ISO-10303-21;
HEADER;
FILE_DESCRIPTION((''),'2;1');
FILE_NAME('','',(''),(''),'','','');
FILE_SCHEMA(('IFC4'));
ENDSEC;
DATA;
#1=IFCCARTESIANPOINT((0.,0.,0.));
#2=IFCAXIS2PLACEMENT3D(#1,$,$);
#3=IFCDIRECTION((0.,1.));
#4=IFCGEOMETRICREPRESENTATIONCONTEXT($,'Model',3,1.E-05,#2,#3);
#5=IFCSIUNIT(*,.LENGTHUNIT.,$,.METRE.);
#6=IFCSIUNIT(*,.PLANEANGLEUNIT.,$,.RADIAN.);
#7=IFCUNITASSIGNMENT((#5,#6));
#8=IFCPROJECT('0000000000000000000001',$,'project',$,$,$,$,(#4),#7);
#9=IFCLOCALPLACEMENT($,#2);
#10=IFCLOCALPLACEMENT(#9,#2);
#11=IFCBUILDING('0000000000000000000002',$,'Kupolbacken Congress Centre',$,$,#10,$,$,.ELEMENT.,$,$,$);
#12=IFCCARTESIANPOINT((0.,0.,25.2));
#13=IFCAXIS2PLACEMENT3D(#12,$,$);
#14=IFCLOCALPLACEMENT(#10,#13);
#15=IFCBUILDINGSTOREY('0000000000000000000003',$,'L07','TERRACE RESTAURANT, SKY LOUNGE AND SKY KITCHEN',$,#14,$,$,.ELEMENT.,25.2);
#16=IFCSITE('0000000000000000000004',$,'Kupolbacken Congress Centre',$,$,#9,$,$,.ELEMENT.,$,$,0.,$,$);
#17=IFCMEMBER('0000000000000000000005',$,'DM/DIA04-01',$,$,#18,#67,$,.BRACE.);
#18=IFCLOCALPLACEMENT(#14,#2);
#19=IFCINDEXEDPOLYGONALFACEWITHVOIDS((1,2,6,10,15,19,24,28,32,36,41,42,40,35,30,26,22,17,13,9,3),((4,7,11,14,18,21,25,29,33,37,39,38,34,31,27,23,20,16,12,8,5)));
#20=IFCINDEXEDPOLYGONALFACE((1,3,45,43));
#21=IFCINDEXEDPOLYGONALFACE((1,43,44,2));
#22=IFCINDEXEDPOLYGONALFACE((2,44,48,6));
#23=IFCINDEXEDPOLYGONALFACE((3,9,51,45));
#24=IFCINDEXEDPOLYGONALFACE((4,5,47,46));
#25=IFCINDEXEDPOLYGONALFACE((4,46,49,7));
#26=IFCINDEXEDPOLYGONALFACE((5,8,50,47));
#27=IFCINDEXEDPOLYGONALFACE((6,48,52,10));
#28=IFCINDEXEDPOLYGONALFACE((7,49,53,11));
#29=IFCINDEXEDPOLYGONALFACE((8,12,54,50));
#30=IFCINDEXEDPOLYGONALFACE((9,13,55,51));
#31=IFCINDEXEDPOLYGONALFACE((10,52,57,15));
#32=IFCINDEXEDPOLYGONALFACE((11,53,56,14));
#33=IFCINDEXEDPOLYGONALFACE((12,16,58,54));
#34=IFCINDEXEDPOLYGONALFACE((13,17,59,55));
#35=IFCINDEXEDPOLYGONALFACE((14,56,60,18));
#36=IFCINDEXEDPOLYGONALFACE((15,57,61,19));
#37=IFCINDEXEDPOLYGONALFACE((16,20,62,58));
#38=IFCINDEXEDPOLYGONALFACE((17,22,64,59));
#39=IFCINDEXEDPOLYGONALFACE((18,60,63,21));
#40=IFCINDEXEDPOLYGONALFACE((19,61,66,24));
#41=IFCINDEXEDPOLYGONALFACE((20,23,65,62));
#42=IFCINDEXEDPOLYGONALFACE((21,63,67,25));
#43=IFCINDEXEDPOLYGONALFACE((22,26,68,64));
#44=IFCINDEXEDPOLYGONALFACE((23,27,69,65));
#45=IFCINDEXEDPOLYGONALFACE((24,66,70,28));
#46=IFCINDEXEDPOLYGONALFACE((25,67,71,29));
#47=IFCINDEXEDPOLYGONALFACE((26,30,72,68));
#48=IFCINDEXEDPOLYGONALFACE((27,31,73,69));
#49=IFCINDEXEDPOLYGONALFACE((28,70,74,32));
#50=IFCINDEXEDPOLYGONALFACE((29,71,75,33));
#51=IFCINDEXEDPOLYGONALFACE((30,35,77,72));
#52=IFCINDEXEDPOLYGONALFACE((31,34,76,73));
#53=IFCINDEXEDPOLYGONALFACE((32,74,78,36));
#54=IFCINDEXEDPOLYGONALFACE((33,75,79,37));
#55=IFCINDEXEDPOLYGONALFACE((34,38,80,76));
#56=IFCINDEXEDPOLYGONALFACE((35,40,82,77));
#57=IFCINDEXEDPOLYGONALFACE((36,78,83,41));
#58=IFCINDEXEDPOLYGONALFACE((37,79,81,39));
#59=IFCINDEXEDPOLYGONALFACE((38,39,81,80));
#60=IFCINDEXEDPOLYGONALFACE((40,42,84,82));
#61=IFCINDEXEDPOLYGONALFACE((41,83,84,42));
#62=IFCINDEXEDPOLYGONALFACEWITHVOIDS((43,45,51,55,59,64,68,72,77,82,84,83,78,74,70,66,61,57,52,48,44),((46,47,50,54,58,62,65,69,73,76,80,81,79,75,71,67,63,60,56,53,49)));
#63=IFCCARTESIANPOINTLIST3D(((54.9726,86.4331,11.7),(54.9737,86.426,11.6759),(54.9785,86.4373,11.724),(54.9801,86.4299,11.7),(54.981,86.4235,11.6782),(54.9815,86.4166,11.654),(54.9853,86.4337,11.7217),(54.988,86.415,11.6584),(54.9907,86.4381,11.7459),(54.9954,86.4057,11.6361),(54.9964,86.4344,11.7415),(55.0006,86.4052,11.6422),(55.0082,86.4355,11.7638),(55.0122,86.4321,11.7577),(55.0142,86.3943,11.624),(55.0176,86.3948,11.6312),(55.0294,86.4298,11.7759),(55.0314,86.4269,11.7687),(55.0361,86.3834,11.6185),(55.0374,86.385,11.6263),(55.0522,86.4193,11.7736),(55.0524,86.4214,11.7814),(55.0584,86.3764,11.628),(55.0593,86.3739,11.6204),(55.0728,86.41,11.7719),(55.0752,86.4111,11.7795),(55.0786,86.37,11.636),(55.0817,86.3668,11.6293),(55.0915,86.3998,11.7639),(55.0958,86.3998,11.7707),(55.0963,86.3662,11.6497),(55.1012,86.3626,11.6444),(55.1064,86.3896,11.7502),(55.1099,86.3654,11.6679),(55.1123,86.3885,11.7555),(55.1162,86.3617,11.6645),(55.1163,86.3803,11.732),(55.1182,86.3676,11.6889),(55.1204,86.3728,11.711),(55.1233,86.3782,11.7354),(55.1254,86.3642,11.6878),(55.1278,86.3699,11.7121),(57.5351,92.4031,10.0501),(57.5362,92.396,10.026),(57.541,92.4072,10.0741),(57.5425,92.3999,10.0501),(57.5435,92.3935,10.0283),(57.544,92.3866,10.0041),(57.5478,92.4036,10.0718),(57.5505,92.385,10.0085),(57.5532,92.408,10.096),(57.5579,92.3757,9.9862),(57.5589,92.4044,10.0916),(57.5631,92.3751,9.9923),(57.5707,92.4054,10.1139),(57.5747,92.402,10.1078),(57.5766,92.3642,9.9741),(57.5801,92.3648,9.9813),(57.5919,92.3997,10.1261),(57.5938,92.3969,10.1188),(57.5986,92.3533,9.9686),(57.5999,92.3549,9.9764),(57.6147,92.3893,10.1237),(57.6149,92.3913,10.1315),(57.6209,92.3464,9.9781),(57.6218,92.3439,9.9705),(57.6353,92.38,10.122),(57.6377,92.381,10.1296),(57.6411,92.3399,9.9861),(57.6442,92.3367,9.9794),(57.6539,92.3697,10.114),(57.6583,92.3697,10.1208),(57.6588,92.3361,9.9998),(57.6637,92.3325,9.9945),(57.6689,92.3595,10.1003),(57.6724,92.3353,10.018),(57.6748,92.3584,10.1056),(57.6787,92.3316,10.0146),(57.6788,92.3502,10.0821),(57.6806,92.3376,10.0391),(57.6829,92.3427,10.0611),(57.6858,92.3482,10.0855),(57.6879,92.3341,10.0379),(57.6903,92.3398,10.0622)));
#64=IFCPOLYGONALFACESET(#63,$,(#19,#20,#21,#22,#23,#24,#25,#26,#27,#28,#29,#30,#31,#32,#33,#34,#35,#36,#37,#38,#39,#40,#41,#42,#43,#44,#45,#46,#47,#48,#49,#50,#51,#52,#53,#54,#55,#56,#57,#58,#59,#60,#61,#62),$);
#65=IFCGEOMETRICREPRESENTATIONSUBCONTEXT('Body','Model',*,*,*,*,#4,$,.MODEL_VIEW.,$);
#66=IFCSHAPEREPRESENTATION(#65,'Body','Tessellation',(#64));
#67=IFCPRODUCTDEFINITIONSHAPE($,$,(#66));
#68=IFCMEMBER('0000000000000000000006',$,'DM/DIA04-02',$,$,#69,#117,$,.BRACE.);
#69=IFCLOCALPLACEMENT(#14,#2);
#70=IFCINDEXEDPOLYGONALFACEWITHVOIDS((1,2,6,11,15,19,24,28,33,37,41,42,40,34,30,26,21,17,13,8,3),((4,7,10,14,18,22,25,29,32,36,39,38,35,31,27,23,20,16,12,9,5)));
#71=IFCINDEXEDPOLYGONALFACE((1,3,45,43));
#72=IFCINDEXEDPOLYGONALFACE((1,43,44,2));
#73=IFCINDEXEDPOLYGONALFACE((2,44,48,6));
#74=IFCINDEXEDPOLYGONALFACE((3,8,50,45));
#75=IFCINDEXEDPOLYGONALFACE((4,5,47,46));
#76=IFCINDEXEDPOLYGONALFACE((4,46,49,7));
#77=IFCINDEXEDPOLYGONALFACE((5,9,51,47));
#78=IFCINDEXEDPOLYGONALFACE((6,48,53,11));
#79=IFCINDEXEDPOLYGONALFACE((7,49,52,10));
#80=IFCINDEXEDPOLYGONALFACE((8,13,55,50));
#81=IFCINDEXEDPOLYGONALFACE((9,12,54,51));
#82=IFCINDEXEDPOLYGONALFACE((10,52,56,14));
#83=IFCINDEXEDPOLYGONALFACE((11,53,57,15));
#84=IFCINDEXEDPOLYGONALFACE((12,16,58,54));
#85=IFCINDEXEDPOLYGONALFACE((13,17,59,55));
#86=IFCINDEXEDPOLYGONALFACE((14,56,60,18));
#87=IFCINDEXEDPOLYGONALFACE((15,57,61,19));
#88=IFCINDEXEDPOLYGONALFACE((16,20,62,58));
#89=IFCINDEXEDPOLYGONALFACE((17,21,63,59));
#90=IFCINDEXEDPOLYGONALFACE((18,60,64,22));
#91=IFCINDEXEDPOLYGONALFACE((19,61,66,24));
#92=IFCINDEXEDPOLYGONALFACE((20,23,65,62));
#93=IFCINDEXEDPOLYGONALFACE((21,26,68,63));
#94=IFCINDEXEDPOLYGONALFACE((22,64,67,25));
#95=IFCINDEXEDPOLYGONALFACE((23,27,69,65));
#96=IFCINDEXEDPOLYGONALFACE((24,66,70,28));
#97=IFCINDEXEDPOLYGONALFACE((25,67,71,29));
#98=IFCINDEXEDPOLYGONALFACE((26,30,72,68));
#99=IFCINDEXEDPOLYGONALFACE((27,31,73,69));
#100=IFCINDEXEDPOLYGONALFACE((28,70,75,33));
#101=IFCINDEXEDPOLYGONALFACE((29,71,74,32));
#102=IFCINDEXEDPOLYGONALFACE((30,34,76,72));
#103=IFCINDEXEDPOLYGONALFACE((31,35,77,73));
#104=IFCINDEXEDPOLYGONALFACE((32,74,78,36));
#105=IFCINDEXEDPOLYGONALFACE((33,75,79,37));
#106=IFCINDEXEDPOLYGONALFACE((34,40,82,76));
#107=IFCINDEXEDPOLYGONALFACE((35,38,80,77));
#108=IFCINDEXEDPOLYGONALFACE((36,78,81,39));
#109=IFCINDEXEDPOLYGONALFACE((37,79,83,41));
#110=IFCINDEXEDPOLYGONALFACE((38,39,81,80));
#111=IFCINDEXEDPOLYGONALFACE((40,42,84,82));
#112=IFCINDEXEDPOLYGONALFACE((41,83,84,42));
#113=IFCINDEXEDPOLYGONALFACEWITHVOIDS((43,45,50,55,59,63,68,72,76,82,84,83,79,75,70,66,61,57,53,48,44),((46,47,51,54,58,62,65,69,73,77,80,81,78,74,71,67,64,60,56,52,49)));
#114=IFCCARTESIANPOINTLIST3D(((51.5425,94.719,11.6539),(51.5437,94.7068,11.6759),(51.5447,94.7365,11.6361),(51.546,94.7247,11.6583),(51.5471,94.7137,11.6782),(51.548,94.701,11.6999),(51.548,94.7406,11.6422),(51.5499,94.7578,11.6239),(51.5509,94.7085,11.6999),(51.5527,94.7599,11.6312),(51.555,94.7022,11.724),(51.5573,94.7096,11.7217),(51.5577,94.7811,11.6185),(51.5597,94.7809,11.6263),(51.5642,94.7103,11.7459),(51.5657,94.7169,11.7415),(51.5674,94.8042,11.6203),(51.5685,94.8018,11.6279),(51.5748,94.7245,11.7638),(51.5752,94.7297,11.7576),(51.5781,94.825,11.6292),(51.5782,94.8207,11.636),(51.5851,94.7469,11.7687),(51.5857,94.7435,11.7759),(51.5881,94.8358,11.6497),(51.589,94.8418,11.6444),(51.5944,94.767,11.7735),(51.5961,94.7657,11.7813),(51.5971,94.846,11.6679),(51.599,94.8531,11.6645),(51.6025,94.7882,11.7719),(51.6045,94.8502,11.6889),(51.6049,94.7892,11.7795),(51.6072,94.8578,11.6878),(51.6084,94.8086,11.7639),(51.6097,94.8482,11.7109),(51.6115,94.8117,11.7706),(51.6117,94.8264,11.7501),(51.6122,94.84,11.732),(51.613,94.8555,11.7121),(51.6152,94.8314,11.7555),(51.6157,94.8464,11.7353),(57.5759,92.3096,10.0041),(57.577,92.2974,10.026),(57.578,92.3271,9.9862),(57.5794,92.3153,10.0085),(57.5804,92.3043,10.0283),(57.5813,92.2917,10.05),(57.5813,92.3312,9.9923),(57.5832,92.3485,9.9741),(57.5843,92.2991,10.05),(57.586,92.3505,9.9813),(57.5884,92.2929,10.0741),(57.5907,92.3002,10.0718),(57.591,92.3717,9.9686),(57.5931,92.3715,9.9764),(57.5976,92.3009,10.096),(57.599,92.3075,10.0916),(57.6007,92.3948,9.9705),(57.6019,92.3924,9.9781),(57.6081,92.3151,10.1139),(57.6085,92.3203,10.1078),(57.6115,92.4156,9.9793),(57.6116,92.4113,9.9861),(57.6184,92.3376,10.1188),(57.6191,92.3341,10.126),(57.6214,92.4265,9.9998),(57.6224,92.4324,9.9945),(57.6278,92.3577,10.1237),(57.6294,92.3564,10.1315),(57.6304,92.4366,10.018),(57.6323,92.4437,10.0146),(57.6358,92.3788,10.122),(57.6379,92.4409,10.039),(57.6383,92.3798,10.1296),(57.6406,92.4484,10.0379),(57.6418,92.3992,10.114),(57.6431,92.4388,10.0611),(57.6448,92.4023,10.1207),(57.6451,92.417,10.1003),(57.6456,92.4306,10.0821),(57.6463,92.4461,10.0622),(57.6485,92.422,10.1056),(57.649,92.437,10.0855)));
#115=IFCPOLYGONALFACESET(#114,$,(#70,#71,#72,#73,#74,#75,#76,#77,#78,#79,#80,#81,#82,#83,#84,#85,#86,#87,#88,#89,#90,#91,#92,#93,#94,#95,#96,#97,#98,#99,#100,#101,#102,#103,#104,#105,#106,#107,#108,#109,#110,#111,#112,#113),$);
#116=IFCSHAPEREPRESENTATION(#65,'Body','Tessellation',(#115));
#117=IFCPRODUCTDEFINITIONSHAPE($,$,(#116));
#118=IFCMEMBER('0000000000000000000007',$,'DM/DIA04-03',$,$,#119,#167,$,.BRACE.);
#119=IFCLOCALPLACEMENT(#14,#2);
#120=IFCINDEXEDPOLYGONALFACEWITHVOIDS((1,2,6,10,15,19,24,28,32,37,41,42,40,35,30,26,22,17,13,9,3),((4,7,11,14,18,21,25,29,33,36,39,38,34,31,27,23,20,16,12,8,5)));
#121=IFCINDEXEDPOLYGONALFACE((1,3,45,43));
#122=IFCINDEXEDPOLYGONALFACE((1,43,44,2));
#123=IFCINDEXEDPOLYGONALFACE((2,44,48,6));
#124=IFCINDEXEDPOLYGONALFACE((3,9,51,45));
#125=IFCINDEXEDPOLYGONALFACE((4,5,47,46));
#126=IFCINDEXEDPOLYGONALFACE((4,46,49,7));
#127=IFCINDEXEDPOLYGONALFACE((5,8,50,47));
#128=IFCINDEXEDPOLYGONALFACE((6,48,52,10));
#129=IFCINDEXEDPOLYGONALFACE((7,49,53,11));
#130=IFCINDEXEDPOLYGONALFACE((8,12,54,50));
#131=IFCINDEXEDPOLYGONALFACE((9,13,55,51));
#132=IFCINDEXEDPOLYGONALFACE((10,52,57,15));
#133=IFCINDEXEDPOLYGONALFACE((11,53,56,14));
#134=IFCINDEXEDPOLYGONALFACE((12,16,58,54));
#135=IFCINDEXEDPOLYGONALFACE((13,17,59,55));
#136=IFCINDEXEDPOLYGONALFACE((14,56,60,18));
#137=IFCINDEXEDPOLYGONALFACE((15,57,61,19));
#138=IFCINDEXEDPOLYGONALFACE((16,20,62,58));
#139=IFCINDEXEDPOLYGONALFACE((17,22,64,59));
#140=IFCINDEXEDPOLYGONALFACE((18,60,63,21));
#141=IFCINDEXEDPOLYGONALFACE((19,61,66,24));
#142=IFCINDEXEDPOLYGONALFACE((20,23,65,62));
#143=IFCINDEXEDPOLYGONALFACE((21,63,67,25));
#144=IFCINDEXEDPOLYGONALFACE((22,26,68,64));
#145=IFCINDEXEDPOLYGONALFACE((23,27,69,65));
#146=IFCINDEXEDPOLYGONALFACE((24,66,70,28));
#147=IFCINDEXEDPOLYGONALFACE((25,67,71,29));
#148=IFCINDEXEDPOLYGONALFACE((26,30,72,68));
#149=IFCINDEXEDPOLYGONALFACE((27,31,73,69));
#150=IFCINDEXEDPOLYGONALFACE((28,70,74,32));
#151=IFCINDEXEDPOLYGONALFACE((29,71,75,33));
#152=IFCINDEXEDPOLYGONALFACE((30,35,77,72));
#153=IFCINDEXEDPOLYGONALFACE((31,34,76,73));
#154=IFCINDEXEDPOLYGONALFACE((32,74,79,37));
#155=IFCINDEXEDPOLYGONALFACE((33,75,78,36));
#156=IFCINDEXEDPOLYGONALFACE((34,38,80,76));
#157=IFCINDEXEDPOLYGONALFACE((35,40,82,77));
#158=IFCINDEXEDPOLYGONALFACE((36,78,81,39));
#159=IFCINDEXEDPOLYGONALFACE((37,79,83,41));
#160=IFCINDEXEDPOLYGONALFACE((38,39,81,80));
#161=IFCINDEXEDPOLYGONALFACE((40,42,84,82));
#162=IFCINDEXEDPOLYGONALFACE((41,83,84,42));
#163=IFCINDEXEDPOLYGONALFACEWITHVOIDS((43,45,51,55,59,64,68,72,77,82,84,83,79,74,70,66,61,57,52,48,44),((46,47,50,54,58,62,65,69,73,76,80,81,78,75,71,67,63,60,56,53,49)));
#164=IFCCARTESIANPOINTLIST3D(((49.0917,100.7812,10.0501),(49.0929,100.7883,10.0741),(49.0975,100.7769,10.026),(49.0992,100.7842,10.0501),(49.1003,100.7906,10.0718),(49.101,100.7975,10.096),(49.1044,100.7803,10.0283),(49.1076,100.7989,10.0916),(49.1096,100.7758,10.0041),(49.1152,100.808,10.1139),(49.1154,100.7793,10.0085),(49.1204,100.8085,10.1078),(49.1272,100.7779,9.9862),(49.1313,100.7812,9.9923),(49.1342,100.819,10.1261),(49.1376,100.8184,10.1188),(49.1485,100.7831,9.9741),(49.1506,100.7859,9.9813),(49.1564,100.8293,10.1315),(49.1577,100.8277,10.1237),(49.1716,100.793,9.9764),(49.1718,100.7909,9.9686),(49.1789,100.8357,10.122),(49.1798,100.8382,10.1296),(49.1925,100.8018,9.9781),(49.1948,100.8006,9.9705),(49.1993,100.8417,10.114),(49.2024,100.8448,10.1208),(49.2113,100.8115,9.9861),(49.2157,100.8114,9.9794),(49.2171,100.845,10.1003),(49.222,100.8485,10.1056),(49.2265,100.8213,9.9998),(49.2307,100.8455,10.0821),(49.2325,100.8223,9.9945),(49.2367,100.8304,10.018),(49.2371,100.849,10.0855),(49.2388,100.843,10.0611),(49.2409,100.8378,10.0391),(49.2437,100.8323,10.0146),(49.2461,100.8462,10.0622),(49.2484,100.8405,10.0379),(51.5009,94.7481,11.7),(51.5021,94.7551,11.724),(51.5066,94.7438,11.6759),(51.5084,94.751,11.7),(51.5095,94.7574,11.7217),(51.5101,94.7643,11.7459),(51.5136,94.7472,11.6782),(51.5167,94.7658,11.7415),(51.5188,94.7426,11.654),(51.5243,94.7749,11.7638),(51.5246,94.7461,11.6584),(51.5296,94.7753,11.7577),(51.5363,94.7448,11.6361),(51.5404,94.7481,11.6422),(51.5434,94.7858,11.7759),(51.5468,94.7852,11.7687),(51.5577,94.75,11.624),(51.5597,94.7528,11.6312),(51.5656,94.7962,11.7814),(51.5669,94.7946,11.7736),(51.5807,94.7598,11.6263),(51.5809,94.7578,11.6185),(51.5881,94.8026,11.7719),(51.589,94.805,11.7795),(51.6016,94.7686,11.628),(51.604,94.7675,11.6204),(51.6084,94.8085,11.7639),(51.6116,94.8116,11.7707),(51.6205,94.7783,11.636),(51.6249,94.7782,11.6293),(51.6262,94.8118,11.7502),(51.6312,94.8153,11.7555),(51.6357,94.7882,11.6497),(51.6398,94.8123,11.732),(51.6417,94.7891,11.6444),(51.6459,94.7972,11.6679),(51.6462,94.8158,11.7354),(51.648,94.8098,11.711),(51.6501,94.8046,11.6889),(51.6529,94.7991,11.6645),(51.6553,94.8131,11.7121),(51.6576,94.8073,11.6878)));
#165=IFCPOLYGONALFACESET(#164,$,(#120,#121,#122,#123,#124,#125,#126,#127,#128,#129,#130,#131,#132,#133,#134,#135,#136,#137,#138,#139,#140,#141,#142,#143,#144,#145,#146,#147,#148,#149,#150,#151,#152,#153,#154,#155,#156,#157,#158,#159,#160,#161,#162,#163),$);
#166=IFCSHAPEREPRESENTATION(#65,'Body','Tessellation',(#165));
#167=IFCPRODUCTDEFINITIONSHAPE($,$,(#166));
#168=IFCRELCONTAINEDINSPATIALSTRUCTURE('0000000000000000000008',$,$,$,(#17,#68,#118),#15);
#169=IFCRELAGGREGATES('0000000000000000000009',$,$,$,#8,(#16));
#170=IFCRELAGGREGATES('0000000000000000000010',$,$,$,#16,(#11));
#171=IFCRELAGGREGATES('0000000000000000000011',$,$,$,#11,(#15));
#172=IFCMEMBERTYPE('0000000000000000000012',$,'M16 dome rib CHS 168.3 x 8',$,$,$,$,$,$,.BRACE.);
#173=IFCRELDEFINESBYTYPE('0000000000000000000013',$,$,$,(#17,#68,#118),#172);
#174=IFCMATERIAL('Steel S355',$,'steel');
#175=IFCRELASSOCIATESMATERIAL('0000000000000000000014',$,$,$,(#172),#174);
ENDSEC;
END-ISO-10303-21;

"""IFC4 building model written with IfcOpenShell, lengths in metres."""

from ifc_helpers import new_model, si_unit, direction, frame, origin, origin_2d, place, context, subcontext, project, spatial, hollow_circle, extrude, material, material_profile, profile_set, type_object, element, save


model = new_model("IFC4")

# Units and contexts
model_context = context("Model", 3, precision=1e-05, world=origin(), true_north=direction((0.0, 1.0)))
body_context = subcontext(model_context, "Body", "Model", "MODEL_VIEW")
ifc_project = project(units=[si_unit("LENGTHUNIT", "METRE"), si_unit("PLANEANGLEUNIT", "RADIAN")], contexts=[model_context])

# Site, building, storey
site_placement = place(None, origin())
site = spatial("IfcSite", under=ifc_project, at=site_placement, Name="Kupolbacken Congress Centre", CompositionType="ELEMENT", RefElevation=0.0)
building_placement = place(site_placement, origin())
building = spatial("IfcBuilding", under=site, at=building_placement, Name="Kupolbacken Congress Centre", CompositionType="ELEMENT")
storey_placement = place(building_placement, frame((0.0, 0.0, 25.2)))
storey = spatial("IfcBuildingStorey", under=building, at=storey_placement, Name="L07", Description="TERRACE RESTAURANT, SKY LOUNGE AND SKY KITCHEN", CompositionType="ELEMENT", Elevation=25.2)

# Members
ifc_material_1 = material(Name="Steel S355", Category="steel")
ifc_material_profile_1 = material_profile(ifc_material_1, hollow_circle(Radius=0.0842, WallThickness=0.0081, at=origin_2d()), Name="CHS 168.3 x 8")
ifc_profile_set_1 = profile_set([ifc_material_profile_1], Name="Steel S355")
member_type_1 = type_object("IfcMemberType", Name="M16 dome rib CHS 168.3 x 8", PredefinedType="BRACE", material=ifc_profile_set_1)
for number, where, z_axis, x_axis, name in (
    (1, (55.05, 86.3999, 11.7), (0.382296, 0.890652, -0.246147), (-0.918925, 0.394432, 0.0), "DM/DIA04-01"),
    (2, (57.6125, 92.3699, 10.05), (-0.900114, 0.359455, 0.246144), (-0.370866, -0.928686, 0.0), "DM/DIA04-02"),
):
    element("IfcMember", number, at=place(storey_placement, frame(where, z_axis=z_axis, x_axis=x_axis)), inside=storey, type_object=member_type_1, Name=name, PredefinedType="BRACE", context=body_context, shape_type="SweptSolid", body=[
        extrude(hollow_circle(Radius=0.0842, WallThickness=0.0081, at=origin_2d()), origin(), (0.0, 0.0, 1.0), 6.7029),
    ])
member_1_placement = place(storey_placement, frame((51.5791, 94.7793, 11.7), z_axis=(-0.359436, 0.900119, -0.246156), x_axis=(-0.928694, -0.370846, 0.0)))
element("IfcMember", 3, at=member_1_placement, inside=storey, type_object=member_type_1, Name="DM/DIA04-03", PredefinedType="BRACE", context=body_context, shape_type="SweptSolid", body=[
    extrude(hollow_circle(Radius=0.0842, WallThickness=0.0081, at=origin_2d()), origin(), (0.0, 0.0, 1.0), 6.7026),
])

save(model, "model.ifc")
